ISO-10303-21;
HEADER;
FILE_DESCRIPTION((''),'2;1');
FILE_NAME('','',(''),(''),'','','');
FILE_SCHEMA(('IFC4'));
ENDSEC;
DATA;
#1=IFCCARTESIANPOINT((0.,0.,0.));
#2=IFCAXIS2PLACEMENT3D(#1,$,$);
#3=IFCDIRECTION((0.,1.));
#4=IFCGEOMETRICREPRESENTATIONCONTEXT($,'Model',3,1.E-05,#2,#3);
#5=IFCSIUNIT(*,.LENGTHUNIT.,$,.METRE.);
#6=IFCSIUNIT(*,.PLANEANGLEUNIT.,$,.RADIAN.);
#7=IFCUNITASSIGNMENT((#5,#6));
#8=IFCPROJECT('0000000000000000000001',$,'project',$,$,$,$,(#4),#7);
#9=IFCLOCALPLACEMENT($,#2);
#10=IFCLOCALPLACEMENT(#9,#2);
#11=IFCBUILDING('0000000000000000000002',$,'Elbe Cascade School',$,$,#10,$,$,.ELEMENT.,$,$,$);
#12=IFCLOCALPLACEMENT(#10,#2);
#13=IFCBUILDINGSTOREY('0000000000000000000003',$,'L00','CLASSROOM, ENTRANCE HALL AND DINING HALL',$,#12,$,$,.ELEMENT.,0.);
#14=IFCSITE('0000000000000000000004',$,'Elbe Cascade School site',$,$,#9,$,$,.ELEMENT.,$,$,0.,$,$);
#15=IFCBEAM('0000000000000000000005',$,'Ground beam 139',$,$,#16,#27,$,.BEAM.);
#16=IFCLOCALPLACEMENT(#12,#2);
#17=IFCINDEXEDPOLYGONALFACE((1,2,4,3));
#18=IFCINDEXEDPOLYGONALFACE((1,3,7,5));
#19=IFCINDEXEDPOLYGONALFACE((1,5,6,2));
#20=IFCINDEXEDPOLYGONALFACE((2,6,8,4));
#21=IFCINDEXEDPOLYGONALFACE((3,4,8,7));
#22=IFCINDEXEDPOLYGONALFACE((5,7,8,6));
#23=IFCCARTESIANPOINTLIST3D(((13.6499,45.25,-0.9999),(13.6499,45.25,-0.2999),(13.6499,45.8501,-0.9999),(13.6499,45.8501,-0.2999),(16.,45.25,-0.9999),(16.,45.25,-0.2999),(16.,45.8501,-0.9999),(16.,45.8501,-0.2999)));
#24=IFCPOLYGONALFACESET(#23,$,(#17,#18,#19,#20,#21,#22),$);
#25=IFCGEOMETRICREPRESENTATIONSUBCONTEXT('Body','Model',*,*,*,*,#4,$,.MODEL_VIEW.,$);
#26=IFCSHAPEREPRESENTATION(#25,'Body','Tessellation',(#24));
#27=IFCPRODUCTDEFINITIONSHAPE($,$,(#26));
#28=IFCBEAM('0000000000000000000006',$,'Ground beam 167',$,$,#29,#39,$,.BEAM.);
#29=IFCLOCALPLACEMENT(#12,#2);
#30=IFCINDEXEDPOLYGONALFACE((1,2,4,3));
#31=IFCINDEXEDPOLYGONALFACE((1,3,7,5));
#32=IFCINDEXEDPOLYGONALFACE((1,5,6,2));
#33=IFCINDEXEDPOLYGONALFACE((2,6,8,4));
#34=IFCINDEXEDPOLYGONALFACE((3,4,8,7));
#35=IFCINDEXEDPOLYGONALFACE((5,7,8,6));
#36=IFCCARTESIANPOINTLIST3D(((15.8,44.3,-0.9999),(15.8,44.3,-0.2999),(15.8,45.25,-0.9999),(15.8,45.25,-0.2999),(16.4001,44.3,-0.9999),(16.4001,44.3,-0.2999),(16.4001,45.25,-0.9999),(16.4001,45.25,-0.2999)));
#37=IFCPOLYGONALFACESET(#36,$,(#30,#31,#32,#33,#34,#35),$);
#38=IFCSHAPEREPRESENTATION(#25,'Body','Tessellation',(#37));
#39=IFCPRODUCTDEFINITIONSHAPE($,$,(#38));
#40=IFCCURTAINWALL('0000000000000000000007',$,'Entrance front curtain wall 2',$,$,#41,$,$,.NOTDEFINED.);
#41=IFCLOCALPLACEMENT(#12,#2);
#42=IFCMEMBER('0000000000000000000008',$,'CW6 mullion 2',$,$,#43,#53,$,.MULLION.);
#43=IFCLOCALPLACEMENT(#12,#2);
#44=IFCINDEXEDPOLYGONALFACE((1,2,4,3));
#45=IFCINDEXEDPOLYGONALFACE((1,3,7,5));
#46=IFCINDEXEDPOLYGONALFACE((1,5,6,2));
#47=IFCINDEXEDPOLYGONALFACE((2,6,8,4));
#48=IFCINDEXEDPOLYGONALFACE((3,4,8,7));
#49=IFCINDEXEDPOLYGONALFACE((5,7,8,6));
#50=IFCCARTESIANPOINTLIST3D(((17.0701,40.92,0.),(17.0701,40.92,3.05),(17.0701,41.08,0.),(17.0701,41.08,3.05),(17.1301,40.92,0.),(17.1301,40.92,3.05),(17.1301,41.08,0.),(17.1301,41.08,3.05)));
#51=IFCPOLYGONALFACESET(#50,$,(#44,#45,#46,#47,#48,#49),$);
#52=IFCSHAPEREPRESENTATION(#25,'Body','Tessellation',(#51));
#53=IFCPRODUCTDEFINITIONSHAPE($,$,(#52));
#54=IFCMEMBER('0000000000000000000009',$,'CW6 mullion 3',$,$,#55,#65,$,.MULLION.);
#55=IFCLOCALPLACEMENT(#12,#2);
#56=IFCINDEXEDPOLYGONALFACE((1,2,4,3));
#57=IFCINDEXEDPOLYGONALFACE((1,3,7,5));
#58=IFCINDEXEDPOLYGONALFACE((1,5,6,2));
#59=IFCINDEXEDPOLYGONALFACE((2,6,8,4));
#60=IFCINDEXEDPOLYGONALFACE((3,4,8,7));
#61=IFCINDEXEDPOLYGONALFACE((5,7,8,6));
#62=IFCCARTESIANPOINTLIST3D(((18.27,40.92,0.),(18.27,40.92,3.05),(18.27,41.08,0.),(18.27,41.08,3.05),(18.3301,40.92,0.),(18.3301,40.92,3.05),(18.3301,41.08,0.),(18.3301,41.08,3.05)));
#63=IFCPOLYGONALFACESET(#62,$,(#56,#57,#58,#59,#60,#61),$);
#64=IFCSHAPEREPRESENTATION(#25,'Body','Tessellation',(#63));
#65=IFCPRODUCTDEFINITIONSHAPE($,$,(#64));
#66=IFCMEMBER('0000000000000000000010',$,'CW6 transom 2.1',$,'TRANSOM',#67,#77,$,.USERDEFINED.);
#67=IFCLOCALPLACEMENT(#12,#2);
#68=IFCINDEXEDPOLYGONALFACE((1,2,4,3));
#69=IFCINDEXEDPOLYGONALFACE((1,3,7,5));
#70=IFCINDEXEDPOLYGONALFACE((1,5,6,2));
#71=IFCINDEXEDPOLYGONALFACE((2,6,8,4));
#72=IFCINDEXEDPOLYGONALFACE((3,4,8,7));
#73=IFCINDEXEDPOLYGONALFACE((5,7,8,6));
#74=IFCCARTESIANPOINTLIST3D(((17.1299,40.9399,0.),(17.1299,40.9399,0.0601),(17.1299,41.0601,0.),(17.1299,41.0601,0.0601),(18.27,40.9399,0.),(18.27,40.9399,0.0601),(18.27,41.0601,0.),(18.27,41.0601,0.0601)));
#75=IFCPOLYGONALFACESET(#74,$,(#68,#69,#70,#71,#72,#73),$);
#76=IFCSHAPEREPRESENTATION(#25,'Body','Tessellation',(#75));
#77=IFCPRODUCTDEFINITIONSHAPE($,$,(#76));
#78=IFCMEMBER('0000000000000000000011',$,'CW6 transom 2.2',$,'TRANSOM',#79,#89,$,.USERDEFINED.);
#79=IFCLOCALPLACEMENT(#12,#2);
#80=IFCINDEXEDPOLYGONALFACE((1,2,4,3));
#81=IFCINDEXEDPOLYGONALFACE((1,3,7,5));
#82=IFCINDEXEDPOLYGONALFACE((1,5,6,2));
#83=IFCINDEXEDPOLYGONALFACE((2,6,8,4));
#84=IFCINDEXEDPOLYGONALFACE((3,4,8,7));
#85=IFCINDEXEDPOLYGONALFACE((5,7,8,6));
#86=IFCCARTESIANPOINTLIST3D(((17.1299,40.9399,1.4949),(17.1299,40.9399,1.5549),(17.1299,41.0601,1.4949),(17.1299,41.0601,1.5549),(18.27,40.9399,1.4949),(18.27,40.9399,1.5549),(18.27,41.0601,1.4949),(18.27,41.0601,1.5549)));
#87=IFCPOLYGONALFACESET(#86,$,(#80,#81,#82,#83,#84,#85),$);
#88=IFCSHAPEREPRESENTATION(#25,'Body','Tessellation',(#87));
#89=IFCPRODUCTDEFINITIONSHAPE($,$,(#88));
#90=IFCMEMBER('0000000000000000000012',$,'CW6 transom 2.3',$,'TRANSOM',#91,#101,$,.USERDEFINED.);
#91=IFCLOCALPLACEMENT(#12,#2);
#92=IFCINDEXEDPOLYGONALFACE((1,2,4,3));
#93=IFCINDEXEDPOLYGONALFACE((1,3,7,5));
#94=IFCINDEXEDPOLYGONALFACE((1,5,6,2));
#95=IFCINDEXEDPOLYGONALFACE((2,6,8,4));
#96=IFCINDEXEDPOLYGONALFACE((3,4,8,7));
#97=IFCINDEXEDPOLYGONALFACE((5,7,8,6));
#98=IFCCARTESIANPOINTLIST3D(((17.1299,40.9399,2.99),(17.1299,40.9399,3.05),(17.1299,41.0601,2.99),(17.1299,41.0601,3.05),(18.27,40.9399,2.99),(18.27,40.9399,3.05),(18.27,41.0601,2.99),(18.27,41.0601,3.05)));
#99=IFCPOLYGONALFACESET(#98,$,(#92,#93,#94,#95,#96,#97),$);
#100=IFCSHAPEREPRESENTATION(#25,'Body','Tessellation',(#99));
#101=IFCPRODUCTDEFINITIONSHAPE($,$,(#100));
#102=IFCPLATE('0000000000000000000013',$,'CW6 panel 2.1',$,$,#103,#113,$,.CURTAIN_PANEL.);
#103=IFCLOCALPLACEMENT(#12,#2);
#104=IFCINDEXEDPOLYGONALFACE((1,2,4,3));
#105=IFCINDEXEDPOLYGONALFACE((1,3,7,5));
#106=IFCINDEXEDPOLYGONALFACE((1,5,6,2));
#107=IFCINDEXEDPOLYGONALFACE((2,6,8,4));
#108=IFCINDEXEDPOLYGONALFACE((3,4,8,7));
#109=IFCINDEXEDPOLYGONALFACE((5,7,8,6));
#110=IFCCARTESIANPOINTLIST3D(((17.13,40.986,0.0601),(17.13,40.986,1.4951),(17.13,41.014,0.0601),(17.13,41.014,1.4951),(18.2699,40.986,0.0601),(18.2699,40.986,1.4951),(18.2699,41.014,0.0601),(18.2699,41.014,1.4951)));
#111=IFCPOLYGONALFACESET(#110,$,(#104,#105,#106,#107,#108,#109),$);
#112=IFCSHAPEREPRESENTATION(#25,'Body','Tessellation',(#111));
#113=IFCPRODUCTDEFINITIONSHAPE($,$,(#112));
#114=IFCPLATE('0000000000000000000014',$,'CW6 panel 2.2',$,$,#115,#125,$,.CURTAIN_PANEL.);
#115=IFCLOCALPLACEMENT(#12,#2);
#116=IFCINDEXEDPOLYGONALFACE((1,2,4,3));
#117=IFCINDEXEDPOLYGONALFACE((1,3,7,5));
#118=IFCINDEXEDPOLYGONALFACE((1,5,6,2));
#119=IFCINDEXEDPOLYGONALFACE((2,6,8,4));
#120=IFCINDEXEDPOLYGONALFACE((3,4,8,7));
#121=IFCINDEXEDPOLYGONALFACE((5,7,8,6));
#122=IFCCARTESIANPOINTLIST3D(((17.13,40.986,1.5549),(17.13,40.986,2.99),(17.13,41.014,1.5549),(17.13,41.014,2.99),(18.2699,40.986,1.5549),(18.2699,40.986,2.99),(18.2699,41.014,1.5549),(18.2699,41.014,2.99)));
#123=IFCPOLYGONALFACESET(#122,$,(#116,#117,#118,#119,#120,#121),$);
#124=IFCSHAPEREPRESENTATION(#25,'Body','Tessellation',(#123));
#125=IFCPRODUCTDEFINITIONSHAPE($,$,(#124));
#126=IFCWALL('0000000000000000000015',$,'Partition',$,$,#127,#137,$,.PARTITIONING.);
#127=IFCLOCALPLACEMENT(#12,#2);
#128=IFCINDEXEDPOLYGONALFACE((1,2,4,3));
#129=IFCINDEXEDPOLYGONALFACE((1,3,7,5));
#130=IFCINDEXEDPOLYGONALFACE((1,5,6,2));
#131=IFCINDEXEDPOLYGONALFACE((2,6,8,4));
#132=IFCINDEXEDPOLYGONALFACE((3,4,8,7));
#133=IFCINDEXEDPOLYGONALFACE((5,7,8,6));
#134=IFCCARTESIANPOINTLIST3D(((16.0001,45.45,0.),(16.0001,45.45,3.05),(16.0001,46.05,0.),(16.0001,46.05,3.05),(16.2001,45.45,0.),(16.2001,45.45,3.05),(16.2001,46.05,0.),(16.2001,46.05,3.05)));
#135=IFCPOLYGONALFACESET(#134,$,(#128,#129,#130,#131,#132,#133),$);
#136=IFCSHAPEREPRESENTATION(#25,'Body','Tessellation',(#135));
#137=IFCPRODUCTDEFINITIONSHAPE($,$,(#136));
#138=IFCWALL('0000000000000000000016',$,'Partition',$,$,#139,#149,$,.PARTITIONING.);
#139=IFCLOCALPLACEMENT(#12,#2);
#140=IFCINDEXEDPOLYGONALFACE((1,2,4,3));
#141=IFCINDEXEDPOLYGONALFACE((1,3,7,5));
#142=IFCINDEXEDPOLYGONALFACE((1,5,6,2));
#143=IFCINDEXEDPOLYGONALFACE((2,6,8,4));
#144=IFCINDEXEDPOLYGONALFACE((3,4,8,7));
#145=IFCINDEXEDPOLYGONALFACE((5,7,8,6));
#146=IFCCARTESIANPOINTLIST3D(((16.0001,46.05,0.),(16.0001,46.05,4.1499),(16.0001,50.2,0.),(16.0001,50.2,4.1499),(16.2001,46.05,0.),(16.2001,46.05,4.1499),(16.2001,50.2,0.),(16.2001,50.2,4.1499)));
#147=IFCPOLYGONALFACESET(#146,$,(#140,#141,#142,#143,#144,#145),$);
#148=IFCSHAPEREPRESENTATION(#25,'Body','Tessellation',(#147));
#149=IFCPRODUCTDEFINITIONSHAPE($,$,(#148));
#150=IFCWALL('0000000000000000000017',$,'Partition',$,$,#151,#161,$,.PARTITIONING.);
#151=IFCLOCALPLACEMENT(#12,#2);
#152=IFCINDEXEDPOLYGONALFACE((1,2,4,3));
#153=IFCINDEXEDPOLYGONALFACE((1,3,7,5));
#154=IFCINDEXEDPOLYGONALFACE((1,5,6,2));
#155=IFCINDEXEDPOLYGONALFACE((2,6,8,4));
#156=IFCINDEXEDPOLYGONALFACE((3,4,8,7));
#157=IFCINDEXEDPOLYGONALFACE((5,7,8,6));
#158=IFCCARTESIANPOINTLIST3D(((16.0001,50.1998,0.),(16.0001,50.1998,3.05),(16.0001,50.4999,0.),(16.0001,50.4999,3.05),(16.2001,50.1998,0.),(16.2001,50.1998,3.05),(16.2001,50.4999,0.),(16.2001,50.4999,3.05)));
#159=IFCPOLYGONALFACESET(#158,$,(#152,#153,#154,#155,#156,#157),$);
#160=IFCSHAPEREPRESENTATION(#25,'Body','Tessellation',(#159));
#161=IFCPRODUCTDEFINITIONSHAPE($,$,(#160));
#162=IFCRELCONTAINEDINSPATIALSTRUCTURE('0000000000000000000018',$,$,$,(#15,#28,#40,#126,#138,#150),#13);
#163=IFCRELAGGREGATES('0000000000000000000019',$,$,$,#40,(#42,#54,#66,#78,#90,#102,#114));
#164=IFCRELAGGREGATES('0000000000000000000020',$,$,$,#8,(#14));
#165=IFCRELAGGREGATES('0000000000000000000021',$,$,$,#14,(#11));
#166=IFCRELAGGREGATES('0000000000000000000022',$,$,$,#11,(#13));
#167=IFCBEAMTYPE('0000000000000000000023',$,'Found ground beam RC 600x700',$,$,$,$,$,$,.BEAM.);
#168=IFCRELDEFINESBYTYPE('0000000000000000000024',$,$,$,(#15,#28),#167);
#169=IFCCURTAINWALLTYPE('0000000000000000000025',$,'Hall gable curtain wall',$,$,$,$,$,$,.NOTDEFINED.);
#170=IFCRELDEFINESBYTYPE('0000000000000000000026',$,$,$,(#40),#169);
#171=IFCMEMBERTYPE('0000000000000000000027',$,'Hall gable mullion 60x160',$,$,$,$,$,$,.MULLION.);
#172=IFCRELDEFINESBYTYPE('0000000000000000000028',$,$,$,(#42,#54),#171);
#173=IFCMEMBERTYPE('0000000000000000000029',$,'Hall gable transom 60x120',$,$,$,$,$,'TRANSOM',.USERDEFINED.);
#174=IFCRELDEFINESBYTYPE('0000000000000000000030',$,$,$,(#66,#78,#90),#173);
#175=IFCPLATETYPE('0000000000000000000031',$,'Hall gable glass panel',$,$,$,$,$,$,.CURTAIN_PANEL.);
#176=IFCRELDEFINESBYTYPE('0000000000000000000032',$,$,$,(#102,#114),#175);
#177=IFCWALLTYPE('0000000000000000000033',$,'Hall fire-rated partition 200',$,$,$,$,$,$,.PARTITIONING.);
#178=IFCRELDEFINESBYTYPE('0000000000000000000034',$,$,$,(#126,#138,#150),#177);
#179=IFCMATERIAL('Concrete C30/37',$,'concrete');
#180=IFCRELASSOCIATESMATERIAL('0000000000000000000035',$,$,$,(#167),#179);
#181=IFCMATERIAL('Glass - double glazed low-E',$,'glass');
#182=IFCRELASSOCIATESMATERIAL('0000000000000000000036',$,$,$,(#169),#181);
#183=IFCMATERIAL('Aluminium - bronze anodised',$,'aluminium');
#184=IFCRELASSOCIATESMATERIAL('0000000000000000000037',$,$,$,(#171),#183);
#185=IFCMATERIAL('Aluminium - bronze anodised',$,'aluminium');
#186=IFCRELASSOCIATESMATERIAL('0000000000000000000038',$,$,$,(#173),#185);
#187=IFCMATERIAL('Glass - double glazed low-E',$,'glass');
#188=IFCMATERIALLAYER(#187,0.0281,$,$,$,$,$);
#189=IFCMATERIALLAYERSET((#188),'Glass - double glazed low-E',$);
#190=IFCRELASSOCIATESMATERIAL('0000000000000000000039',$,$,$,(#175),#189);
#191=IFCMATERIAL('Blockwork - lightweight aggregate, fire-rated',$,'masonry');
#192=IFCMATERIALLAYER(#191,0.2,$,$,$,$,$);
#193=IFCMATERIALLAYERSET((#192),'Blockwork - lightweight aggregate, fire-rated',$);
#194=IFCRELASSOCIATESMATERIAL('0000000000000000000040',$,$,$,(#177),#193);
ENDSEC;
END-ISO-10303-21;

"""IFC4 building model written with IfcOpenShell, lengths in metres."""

from ifc_helpers import new_model, si_unit, direction, frame, frame_2d, origin, origin_2d, place, context, subcontext, project, spatial, rectangle, extrude, material, layer, layer_set, material_profile, profile_set, type_object, element, aggregate, save


model = new_model("IFC4")

# Units and contexts
model_context = context("Model", 3, precision=1e-05, world=origin(), true_north=direction((0.0, 1.0)))
body_context = subcontext(model_context, "Body", "Model", "MODEL_VIEW")
ifc_project = project(units=[si_unit("LENGTHUNIT", "METRE"), si_unit("PLANEANGLEUNIT", "RADIAN")], contexts=[model_context])

# Site, building, storey
site_placement = place(None, origin())
site = spatial("IfcSite", under=ifc_project, at=site_placement, Name="Elbe Cascade School site", CompositionType="ELEMENT", RefElevation=0.0)
building_placement = place(site_placement, origin())
building = spatial("IfcBuilding", under=site, at=building_placement, Name="Elbe Cascade School", CompositionType="ELEMENT")
storey_placement = place(building_placement, origin())
storey = spatial("IfcBuildingStorey", under=building, at=storey_placement, Name="L00", Description="CLASSROOM, ENTRANCE HALL AND DINING HALL", CompositionType="ELEMENT", Elevation=0.0)

# Beams
ifc_material_1 = material(Name="Concrete C30/37", Category="concrete")
ifc_material_profile_1 = material_profile(ifc_material_1, rectangle(XDim=0.6001, YDim=0.7, at=origin_2d()), Name="RC 600x700")
ifc_profile_set_1 = profile_set([ifc_material_profile_1], Name="Concrete C30/37")
beam_type_1 = type_object("IfcBeamType", Name="Found ground beam RC 600x700", PredefinedType="BEAM", material=ifc_profile_set_1)
beam_1_placement = place(storey_placement, frame((13.6499, 45.55, -0.6499), z_axis=(1.0, 0.0, 0.0), x_axis=(0.0, 1.0, 0.0)))
element("IfcBeam", 1, at=beam_1_placement, inside=storey, type_object=beam_type_1, Name="Ground beam 139", PredefinedType="BEAM", context=body_context, shape_type="SweptSolid", body=[
    extrude(rectangle(XDim=0.6001, YDim=0.7, at=origin_2d()), origin(), (0.0, 0.0, 1.0), 2.3501),
])
beam_2_placement = place(storey_placement, frame((16.1001, 44.3, -0.6499), z_axis=(0.0, 1.0, 0.0), x_axis=(-1.0, 0.0, 0.0)))
element("IfcBeam", 2, at=beam_2_placement, inside=storey, type_object=beam_type_1, Name="Ground beam 167", PredefinedType="BEAM", context=body_context, shape_type="SweptSolid", body=[
    extrude(rectangle(XDim=0.6001, YDim=0.7, at=origin_2d()), origin(), (0.0, 0.0, 1.0), 0.95),
])

# Curtain wall, members, plates
ifc_material_2 = material(Name="Glass - double glazed low-E", Category="glass")
curtain_wall_type = type_object("IfcCurtainWallType", Name="Hall gable curtain wall", PredefinedType="NOTDEFINED", material=ifc_material_2)
curtain_wall_placement = place(storey_placement, origin())
curtain_wall = element("IfcCurtainWall", 3, at=curtain_wall_placement, inside=storey, type_object=curtain_wall_type, Name="Entrance front curtain wall 2", PredefinedType="NOTDEFINED")
ifc_material_3 = material(Name="Aluminium - bronze anodised", Category="aluminium")
ifc_material_profile_2 = material_profile(ifc_material_3, rectangle(XDim=0.1599, YDim=0.0601, at=origin_2d()), Name="Alu 60x160")
ifc_profile_set_2 = profile_set([ifc_material_profile_2], Name="Aluminium - bronze anodised")
member_type_1 = type_object("IfcMemberType", Name="Hall gable mullion 60x160", PredefinedType="MULLION", material=ifc_profile_set_2)
member_1_placement = place(storey_placement, frame((17.1001, 41.0, 0.0), z_axis=(0.0, 0.0, 1.0), x_axis=(0.0, 1.0, 0.0)))
member_1 = element("IfcMember", 4, at=member_1_placement, type_object=member_type_1, Name="CW6 mullion 2", PredefinedType="MULLION", context=body_context, shape_type="SweptSolid", body=[
    extrude(rectangle(XDim=0.1599, YDim=0.0601, at=origin_2d()), origin(), (0.0, 0.0, 1.0), 3.05),
])
member_2_placement = place(storey_placement, frame((18.3, 41.0, 0.0), z_axis=(0.0, 0.0, 1.0), x_axis=(0.0, 1.0, 0.0)))
member_2 = element("IfcMember", 5, at=member_2_placement, type_object=member_type_1, Name="CW6 mullion 3", PredefinedType="MULLION", context=body_context, shape_type="SweptSolid", body=[
    extrude(rectangle(XDim=0.1599, YDim=0.0601, at=origin_2d()), origin(), (0.0, 0.0, 1.0), 3.05),
])
ifc_material_4 = material(Name="Aluminium - bronze anodised", Category="aluminium")
ifc_material_profile_3 = material_profile(ifc_material_4, rectangle(XDim=0.1201, YDim=0.0601, at=origin_2d()), Name="Alu 60x120")
ifc_profile_set_3 = profile_set([ifc_material_profile_3], Name="Aluminium - bronze anodised")
member_type_2 = type_object("IfcMemberType", Name="Hall gable transom 60x120", ElementType="TRANSOM", PredefinedType="USERDEFINED", material=ifc_profile_set_3)
member_3_placement = place(storey_placement, frame((17.1299, 41.0, 0.03), z_axis=(1.0, 0.0, 0.0), x_axis=(0.0, 1.0, 0.0)))
member_3 = element("IfcMember", 6, at=member_3_placement, type_object=member_type_2, Name="CW6 transom 2.1", ObjectType="TRANSOM", PredefinedType="USERDEFINED", context=body_context, shape_type="SweptSolid", body=[
    extrude(rectangle(XDim=0.1201, YDim=0.0601, at=origin_2d()), origin(), (0.0, 0.0, 1.0), 1.1401),
])
member_4_placement = place(storey_placement, frame((17.1299, 41.0, 1.5249), z_axis=(1.0, 0.0, 0.0), x_axis=(0.0, 1.0, 0.0)))
member_4 = element("IfcMember", 7, at=member_4_placement, type_object=member_type_2, Name="CW6 transom 2.2", ObjectType="TRANSOM", PredefinedType="USERDEFINED", context=body_context, shape_type="SweptSolid", body=[
    extrude(rectangle(XDim=0.1201, YDim=0.0601, at=origin_2d()), origin(), (0.0, 0.0, 1.0), 1.1401),
])
member_5_placement = place(storey_placement, frame((17.1299, 41.0, 3.02), z_axis=(1.0, 0.0, 0.0), x_axis=(0.0, 1.0, 0.0)))
member_5 = element("IfcMember", 8, at=member_5_placement, type_object=member_type_2, Name="CW6 transom 2.3", ObjectType="TRANSOM", PredefinedType="USERDEFINED", context=body_context, shape_type="SweptSolid", body=[
    extrude(rectangle(XDim=0.1201, YDim=0.0601, at=origin_2d()), origin(), (0.0, 0.0, 1.0), 1.1401),
])
ifc_material_5 = material(Name="Glass - double glazed low-E", Category="glass")
ifc_layer_1 = layer(ifc_material_5, 0.0281)
ifc_layer_set_1 = layer_set([ifc_layer_1], Name="Glass - double glazed low-E")
plate_type = type_object("IfcPlateType", Name="Hall gable glass panel", PredefinedType="CURTAIN_PANEL", material=ifc_layer_set_1)
plate_1_placement = place(storey_placement, frame((17.7, 41.0, 0.0601), z_axis=(0.0, 0.0, 1.0), x_axis=(1.0, 0.0, 0.0)))
plate_1 = element("IfcPlate", 9, at=plate_1_placement, type_object=plate_type, Name="CW6 panel 2.1", PredefinedType="CURTAIN_PANEL", context=body_context, shape_type="SweptSolid", body=[
    extrude(rectangle(XDim=1.1399, YDim=0.0281, at=origin_2d()), origin(), (0.0, 0.0, 1.0), 1.4351),
])
plate_2_placement = place(storey_placement, frame((17.7, 41.0, 1.5549), z_axis=(0.0, 0.0, 1.0), x_axis=(1.0, 0.0, 0.0)))
plate_2 = element("IfcPlate", 10, at=plate_2_placement, type_object=plate_type, Name="CW6 panel 2.2", PredefinedType="CURTAIN_PANEL", context=body_context, shape_type="SweptSolid", body=[
    extrude(rectangle(XDim=1.1399, YDim=0.0281, at=origin_2d()), origin(), (0.0, 0.0, 1.0), 1.4351),
])
aggregate(curtain_wall, [member_1, member_2, member_3, member_4, member_5, plate_1, plate_2])

# Walls
ifc_material_6 = material(Name="Blockwork - lightweight aggregate, fire-rated", Category="masonry")
ifc_layer_2 = layer(ifc_material_6, 0.2)
ifc_layer_set_2 = layer_set([ifc_layer_2], Name="Blockwork - lightweight aggregate, fire-rated")
wall_type_1 = type_object("IfcWallType", Name="Hall fire-rated partition 200", PredefinedType="PARTITIONING", material=ifc_layer_set_2)
wall_1_placement = place(storey_placement, frame((16.1001, 45.45, 0.0), z_axis=(0.0, 0.0, 1.0), x_axis=(0.0, 1.0, 0.0)))
element("IfcWall", 11, at=wall_1_placement, inside=storey, type_object=wall_type_1, Name="Partition", PredefinedType="PARTITIONING", context=body_context, shape_type="SweptSolid", body=[
    extrude(rectangle(XDim=0.6001, YDim=0.2, at=frame_2d((0.3, 0.0))), origin(), (0.0, 0.0, 1.0), 3.05),
])
wall_2_placement = place(storey_placement, frame((16.1001, 46.05, 0.0), z_axis=(0.0, 0.0, 1.0), x_axis=(0.0, 1.0, 0.0)))
element("IfcWall", 12, at=wall_2_placement, inside=storey, type_object=wall_type_1, Name="Partition", PredefinedType="PARTITIONING", context=body_context, shape_type="SweptSolid", body=[
    extrude(rectangle(XDim=4.1499, YDim=0.2, at=frame_2d((2.075, 0.0))), origin(), (0.0, 0.0, 1.0), 4.1499),
])
wall_3_placement = place(storey_placement, frame((16.1001, 50.2, 0.0), z_axis=(0.0, 0.0, 1.0), x_axis=(0.0, 1.0, 0.0)))
element("IfcWall", 13, at=wall_3_placement, inside=storey, type_object=wall_type_1, Name="Partition", PredefinedType="PARTITIONING", context=body_context, shape_type="SweptSolid", body=[
    extrude(rectangle(XDim=0.3, YDim=0.2, at=frame_2d((0.1499, 0.0))), origin(), (0.0, 0.0, 1.0), 3.05),
])

save(model, "model.ifc")
